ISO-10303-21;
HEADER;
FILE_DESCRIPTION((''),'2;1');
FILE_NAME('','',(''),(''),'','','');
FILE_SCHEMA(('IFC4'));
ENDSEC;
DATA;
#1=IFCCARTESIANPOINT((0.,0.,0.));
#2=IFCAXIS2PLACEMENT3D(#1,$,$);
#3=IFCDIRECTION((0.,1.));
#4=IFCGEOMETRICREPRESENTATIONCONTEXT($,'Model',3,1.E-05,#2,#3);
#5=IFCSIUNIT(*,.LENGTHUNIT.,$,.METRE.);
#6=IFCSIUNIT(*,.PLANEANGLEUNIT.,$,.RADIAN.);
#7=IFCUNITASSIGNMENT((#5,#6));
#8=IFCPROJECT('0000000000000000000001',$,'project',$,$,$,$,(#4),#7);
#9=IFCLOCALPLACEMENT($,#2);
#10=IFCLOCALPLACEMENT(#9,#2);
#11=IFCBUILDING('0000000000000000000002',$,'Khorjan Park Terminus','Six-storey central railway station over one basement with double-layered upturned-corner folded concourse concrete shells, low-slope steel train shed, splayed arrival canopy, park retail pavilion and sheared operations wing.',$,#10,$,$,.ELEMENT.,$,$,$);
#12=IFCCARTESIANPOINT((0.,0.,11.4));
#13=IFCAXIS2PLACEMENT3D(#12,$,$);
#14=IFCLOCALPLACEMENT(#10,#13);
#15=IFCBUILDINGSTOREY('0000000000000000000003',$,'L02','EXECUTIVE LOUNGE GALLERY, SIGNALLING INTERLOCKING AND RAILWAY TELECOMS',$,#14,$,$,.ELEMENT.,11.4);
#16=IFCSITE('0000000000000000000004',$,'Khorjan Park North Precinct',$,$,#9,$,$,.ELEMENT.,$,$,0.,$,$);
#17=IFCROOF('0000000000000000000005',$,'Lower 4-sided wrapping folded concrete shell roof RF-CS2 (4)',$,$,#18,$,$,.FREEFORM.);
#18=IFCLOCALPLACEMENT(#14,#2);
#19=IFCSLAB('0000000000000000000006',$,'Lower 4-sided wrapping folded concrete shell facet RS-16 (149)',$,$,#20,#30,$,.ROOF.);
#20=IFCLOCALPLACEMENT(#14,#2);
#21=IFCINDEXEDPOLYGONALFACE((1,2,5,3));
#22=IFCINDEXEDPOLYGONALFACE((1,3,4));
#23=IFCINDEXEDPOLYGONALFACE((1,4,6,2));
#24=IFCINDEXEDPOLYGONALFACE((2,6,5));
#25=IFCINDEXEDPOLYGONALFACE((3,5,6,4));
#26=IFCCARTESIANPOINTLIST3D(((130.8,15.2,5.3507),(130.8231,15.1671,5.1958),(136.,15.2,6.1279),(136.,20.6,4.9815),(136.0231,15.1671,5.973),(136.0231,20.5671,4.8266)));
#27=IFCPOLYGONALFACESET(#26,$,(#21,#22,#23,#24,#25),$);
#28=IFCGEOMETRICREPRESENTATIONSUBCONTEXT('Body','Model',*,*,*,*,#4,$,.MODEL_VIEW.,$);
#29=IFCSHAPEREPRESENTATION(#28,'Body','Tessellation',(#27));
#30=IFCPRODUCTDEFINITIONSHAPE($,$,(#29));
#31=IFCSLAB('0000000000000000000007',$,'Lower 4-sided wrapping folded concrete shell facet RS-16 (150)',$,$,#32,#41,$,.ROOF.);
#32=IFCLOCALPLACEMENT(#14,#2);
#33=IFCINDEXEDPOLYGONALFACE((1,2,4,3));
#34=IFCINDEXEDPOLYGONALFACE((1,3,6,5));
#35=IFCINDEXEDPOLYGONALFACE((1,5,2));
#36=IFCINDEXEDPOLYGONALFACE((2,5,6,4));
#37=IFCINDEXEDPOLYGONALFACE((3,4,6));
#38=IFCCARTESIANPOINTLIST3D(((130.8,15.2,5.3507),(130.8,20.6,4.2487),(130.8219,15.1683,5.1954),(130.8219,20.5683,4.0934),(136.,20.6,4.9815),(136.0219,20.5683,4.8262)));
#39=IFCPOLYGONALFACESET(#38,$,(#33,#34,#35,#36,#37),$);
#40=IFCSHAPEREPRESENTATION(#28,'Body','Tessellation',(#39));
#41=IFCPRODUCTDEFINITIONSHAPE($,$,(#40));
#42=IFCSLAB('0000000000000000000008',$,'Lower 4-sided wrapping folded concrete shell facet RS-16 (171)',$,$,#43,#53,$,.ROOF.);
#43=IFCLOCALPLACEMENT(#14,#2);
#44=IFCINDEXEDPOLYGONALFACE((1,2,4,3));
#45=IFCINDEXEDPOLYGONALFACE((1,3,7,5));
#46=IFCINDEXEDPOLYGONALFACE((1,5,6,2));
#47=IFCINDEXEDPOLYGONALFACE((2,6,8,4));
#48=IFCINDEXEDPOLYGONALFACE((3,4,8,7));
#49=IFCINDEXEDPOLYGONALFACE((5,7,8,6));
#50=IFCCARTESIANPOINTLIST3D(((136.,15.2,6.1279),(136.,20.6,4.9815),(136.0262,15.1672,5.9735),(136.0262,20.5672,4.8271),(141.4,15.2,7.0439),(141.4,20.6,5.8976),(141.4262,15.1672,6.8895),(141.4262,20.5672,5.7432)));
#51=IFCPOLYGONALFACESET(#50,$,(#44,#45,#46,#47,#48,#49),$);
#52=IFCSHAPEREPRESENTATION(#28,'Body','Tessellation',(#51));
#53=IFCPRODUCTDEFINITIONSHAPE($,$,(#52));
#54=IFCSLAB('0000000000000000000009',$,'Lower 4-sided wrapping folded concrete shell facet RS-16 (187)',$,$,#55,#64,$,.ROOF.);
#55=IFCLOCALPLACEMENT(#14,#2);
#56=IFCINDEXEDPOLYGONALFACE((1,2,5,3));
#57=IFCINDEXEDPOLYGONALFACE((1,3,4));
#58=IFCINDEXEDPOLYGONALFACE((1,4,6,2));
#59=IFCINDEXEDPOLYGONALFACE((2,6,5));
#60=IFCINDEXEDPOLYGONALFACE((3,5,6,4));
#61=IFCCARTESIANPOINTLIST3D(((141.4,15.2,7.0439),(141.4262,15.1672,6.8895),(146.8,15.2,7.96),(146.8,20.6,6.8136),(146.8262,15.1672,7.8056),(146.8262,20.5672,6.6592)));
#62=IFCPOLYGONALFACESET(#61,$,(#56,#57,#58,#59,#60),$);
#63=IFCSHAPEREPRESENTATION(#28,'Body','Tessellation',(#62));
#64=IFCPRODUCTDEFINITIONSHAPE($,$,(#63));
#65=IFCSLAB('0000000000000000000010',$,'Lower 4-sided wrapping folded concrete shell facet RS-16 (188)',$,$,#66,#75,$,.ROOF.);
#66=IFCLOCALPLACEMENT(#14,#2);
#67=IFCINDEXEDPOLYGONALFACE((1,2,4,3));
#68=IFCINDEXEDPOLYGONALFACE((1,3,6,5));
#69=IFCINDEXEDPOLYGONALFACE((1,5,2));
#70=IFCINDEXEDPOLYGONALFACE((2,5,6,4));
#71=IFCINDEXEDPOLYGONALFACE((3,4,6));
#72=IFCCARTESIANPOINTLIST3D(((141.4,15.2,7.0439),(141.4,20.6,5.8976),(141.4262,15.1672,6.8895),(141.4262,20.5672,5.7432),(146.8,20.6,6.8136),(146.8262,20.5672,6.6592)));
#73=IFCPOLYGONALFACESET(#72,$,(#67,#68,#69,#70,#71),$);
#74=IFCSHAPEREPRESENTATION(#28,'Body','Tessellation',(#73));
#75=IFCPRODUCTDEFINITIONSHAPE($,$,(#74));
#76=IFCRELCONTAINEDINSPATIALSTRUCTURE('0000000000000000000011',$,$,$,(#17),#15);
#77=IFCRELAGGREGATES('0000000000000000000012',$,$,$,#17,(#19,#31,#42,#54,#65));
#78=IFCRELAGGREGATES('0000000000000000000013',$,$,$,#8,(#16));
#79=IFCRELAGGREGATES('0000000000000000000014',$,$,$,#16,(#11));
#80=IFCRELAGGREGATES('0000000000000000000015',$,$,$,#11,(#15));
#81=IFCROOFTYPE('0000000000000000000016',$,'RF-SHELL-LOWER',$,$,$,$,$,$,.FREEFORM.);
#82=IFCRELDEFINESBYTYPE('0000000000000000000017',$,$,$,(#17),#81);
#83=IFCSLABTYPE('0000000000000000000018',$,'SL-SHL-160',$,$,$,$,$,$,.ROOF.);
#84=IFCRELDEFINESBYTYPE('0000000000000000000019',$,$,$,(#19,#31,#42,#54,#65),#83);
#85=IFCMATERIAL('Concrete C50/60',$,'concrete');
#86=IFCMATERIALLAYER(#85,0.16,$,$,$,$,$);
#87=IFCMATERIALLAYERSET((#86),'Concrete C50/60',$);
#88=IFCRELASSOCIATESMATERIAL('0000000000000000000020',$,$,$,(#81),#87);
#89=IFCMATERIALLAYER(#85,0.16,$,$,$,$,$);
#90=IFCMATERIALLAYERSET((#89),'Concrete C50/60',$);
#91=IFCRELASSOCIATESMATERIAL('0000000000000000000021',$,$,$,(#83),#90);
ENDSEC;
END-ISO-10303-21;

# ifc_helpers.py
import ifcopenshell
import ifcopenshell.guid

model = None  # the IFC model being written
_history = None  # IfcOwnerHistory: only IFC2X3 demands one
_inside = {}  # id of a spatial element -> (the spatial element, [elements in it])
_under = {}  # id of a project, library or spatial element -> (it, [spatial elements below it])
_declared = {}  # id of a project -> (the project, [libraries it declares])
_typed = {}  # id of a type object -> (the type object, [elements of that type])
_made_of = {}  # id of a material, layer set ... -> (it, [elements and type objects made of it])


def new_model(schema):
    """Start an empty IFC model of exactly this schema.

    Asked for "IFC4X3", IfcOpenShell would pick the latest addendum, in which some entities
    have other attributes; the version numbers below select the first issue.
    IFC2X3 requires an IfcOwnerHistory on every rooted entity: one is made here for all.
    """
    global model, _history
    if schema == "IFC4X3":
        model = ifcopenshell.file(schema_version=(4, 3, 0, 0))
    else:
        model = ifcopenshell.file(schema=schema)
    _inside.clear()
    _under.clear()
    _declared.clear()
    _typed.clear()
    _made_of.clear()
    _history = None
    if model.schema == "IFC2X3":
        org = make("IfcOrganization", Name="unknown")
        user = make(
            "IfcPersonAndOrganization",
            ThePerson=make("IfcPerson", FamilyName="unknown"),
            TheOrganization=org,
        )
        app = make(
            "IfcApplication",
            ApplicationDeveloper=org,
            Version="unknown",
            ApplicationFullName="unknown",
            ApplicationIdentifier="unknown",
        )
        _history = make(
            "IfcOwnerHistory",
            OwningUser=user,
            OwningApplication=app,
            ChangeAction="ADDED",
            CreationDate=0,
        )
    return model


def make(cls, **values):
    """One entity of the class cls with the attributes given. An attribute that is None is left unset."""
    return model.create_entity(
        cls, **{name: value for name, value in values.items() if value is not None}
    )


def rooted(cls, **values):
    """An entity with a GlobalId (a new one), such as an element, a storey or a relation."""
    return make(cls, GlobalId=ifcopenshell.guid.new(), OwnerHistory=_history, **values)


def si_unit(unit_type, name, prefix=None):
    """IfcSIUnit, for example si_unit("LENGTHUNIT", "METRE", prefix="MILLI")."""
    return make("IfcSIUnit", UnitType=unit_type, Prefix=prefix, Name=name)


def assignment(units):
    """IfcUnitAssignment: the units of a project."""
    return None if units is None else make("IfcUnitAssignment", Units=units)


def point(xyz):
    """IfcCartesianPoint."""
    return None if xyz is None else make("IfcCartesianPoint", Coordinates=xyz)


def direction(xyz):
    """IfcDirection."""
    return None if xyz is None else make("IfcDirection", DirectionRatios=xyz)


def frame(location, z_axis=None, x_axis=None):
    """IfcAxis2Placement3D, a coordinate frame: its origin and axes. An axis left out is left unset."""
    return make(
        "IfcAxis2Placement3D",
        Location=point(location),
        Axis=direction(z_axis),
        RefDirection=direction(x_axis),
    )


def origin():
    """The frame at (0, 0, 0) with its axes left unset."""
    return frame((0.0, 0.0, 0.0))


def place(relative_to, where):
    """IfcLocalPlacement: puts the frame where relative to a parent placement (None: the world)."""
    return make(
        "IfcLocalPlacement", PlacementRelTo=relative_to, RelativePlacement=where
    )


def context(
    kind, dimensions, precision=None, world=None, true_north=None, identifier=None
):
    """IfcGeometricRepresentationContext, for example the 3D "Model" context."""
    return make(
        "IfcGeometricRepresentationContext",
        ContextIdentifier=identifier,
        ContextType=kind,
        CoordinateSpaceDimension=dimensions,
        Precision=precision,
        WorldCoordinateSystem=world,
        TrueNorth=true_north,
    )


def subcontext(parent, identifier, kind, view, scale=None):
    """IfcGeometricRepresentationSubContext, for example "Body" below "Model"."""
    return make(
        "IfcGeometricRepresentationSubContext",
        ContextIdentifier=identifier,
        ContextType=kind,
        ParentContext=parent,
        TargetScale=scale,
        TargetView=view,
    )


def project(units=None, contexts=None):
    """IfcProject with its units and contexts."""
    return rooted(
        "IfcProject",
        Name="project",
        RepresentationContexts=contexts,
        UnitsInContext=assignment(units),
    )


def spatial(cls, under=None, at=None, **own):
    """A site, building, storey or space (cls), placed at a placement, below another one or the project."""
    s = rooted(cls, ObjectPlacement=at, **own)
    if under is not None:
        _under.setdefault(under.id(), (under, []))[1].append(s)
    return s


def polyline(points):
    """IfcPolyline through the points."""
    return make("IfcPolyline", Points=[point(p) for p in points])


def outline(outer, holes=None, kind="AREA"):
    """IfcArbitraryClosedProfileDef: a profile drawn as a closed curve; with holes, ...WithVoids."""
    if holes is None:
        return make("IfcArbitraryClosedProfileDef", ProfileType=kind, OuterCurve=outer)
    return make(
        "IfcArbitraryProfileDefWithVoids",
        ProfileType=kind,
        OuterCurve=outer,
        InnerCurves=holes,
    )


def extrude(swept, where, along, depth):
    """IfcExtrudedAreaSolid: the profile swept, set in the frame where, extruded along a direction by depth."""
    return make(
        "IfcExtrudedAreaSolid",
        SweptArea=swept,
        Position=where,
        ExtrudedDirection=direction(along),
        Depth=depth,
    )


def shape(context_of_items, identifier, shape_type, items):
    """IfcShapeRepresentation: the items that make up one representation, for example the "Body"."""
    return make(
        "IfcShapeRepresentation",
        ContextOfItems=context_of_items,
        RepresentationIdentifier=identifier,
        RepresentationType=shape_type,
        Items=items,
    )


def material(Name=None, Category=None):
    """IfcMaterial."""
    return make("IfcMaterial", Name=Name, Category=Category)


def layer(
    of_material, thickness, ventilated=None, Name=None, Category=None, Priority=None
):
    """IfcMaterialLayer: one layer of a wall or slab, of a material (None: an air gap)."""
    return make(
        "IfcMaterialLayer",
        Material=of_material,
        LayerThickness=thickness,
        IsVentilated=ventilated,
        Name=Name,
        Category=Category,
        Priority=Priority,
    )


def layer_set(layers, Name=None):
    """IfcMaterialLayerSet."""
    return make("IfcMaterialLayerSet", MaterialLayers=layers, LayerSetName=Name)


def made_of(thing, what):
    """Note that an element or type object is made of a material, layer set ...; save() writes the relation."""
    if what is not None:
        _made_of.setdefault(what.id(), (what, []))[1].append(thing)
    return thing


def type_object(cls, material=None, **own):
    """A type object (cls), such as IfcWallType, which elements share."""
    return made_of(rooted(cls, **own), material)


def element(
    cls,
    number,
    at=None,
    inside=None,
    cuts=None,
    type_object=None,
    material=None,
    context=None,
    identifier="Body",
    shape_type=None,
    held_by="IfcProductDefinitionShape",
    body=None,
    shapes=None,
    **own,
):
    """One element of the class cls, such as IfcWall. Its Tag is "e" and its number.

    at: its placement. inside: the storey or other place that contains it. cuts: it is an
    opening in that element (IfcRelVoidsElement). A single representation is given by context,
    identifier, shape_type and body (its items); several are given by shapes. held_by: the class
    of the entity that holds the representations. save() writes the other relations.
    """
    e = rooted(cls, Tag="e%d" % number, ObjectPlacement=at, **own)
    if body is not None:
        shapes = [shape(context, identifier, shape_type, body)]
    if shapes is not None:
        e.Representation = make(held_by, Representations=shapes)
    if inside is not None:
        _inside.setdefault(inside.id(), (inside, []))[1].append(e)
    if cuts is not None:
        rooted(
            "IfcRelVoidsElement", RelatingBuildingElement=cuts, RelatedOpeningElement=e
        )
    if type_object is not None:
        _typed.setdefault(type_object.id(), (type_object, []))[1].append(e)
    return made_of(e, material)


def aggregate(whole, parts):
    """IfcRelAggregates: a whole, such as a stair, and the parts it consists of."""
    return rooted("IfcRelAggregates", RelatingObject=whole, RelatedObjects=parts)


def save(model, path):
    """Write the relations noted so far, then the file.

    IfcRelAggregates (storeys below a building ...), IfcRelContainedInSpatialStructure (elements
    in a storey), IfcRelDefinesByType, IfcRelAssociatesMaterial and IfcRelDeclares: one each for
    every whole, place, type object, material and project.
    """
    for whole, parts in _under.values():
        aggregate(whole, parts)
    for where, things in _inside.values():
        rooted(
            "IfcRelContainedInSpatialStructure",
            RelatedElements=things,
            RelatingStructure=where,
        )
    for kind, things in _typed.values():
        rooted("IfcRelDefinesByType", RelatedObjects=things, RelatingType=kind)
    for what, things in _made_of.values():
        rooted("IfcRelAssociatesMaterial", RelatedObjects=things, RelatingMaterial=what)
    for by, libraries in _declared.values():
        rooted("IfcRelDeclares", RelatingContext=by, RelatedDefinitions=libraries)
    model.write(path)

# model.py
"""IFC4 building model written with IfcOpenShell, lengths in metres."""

from ifc_helpers import new_model, si_unit, direction, frame, origin, place, context, subcontext, project, spatial, polyline, outline, extrude, material, layer, layer_set, type_object, element, aggregate, save


model = new_model("IFC4")

# Units and contexts
model_context = context("Model", 3, precision=1e-05, world=origin(), true_north=direction((0.0, 1.0)))
body_context = subcontext(model_context, "Body", "Model", "MODEL_VIEW")
ifc_project = project(units=[si_unit("LENGTHUNIT", "METRE"), si_unit("PLANEANGLEUNIT", "RADIAN")], contexts=[model_context])

# Site, building, storey
site_placement = place(None, origin())
site = spatial("IfcSite", under=ifc_project, at=site_placement, Name="Khorjan Park North Precinct", CompositionType="ELEMENT", RefElevation=0.0)
building_placement = place(site_placement, origin())
building = spatial("IfcBuilding", under=site, at=building_placement, Name="Khorjan Park Terminus", Description="Six-storey central railway station over one basement with double-layered upturned-corner folded concourse concrete shells, low-slope steel train shed, splayed arrival canopy, park retail pavilion and sheared operations wing.", CompositionType="ELEMENT")
storey_placement = place(building_placement, frame((0.0, 0.0, 11.4)))
storey = spatial("IfcBuildingStorey", under=building, at=storey_placement, Name="L02", Description="EXECUTIVE LOUNGE GALLERY, SIGNALLING INTERLOCKING AND RAILWAY TELECOMS", CompositionType="ELEMENT", Elevation=11.4)

# Roof, slabs
ifc_material_1 = material(Name="Concrete C50/60", Category="concrete")
ifc_layer_1 = layer(ifc_material_1, 0.16)
ifc_layer_set_1 = layer_set([ifc_layer_1], Name="Concrete C50/60")
roof_type = type_object("IfcRoofType", Name="RF-SHELL-LOWER", PredefinedType="FREEFORM", material=ifc_layer_set_1)
roof_placement = place(storey_placement, origin())
roof = element("IfcRoof", 1, at=roof_placement, inside=storey, type_object=roof_type, Name="Lower 4-sided wrapping folded concrete shell roof RF-CS2 (4)", PredefinedType="FREEFORM")
ifc_layer_2 = layer(ifc_material_1, 0.16)
ifc_layer_set_2 = layer_set([ifc_layer_2], Name="Concrete C50/60")
slab_type = type_object("IfcSlabType", Name="SL-SHL-160", PredefinedType="ROOF", material=ifc_layer_set_2)
slab_1_placement = place(storey_placement, frame((130.8, 15.2, 5.3507), z_axis=(-0.144665, 0.205484, 0.967909), x_axis=(0.989014, 0.0, 0.14782)))
slab_1 = element("IfcSlab", 2, at=slab_1_placement, type_object=slab_type, Name="Lower 4-sided wrapping folded concrete shell facet RS-16 (149)", PredefinedType="ROOF", context=body_context, shape_type="SweptSolid", body=[
    extrude(outline(polyline([(0.0, 0.0), (5.2578, 0.0), (5.0883, 5.5177), (0.0, 0.0)])), origin(), (0.0, 0.0, -1.0), 0.16),
])
slab_2_placement = place(storey_placement, frame((130.8, 15.2, 5.3507), z_axis=(-0.136779, 0.198074, 0.970597), x_axis=(0.692802, 0.719448, -0.049189)))
slab_2 = element("IfcSlab", 3, at=slab_2_placement, type_object=slab_type, Name="Lower 4-sided wrapping folded concrete shell facet RS-16 (150)", PredefinedType="ROOF", context=body_context, shape_type="SweptSolid", body=[
    extrude(outline(polyline([(0.0, 0.0), (7.5058, 0.0), (3.9392, 3.8545), (0.0, 0.0)])), origin(), (0.0, 0.0, -1.0), 0.16),
])
slab_3_placement = place(storey_placement, frame((136.0, 15.2, 6.1279), z_axis=(-0.163702, 0.204858, 0.965005), x_axis=(0.985915, 0.000002, 0.167249)))
slab_3 = element("IfcSlab", 4, at=slab_3_placement, type_object=slab_type, Name="Lower 4-sided wrapping folded concrete shell facet RS-16 (171)", PredefinedType="ROOF", context=body_context, shape_type="SweptSolid", body=[
    extrude(outline(polyline([(0.0, 0.0), (5.4771, 0.0), (5.2854, 5.517), (-0.1917, 5.517), (0.0, 0.0)])), origin(), (0.0, 0.0, -1.0), 0.16),
])
slab_4_placement = place(storey_placement, frame((141.4, 15.2, 7.0439), z_axis=(-0.163711, 0.204866, 0.965002), x_axis=(0.985913, 0.0, 0.167258)))
slab_4 = element("IfcSlab", 5, at=slab_4_placement, type_object=slab_type, Name="Lower 4-sided wrapping folded concrete shell facet RS-16 (187)", PredefinedType="ROOF", context=body_context, shape_type="SweptSolid", body=[
    extrude(outline(polyline([(0.0, 0.0), (5.4772, 0.0), (5.2854, 5.517), (0.0, 0.0)])), origin(), (0.0, 0.0, -1.0), 0.16),
])
slab_5_placement = place(storey_placement, frame((141.4, 15.2, 7.0439), z_axis=(-0.163694, 0.20485, 0.965008), x_axis=(0.706785, 0.706785, -0.030143)))
slab_5 = element("IfcSlab", 6, at=slab_5_placement, type_object=slab_type, Name="Lower 4-sided wrapping folded concrete shell facet RS-16 (188)", PredefinedType="ROOF", context=body_context, shape_type="SweptSolid", body=[
    extrude(outline(polyline([(0.0, 0.0), (7.6402, 0.0), (3.8512, 3.955), (0.0, 0.0)])), origin(), (0.0, 0.0, -1.0), 0.16),
])
aggregate(roof, [slab_1, slab_2, slab_3, slab_4, slab_5])

save(model, "model.ifc")
